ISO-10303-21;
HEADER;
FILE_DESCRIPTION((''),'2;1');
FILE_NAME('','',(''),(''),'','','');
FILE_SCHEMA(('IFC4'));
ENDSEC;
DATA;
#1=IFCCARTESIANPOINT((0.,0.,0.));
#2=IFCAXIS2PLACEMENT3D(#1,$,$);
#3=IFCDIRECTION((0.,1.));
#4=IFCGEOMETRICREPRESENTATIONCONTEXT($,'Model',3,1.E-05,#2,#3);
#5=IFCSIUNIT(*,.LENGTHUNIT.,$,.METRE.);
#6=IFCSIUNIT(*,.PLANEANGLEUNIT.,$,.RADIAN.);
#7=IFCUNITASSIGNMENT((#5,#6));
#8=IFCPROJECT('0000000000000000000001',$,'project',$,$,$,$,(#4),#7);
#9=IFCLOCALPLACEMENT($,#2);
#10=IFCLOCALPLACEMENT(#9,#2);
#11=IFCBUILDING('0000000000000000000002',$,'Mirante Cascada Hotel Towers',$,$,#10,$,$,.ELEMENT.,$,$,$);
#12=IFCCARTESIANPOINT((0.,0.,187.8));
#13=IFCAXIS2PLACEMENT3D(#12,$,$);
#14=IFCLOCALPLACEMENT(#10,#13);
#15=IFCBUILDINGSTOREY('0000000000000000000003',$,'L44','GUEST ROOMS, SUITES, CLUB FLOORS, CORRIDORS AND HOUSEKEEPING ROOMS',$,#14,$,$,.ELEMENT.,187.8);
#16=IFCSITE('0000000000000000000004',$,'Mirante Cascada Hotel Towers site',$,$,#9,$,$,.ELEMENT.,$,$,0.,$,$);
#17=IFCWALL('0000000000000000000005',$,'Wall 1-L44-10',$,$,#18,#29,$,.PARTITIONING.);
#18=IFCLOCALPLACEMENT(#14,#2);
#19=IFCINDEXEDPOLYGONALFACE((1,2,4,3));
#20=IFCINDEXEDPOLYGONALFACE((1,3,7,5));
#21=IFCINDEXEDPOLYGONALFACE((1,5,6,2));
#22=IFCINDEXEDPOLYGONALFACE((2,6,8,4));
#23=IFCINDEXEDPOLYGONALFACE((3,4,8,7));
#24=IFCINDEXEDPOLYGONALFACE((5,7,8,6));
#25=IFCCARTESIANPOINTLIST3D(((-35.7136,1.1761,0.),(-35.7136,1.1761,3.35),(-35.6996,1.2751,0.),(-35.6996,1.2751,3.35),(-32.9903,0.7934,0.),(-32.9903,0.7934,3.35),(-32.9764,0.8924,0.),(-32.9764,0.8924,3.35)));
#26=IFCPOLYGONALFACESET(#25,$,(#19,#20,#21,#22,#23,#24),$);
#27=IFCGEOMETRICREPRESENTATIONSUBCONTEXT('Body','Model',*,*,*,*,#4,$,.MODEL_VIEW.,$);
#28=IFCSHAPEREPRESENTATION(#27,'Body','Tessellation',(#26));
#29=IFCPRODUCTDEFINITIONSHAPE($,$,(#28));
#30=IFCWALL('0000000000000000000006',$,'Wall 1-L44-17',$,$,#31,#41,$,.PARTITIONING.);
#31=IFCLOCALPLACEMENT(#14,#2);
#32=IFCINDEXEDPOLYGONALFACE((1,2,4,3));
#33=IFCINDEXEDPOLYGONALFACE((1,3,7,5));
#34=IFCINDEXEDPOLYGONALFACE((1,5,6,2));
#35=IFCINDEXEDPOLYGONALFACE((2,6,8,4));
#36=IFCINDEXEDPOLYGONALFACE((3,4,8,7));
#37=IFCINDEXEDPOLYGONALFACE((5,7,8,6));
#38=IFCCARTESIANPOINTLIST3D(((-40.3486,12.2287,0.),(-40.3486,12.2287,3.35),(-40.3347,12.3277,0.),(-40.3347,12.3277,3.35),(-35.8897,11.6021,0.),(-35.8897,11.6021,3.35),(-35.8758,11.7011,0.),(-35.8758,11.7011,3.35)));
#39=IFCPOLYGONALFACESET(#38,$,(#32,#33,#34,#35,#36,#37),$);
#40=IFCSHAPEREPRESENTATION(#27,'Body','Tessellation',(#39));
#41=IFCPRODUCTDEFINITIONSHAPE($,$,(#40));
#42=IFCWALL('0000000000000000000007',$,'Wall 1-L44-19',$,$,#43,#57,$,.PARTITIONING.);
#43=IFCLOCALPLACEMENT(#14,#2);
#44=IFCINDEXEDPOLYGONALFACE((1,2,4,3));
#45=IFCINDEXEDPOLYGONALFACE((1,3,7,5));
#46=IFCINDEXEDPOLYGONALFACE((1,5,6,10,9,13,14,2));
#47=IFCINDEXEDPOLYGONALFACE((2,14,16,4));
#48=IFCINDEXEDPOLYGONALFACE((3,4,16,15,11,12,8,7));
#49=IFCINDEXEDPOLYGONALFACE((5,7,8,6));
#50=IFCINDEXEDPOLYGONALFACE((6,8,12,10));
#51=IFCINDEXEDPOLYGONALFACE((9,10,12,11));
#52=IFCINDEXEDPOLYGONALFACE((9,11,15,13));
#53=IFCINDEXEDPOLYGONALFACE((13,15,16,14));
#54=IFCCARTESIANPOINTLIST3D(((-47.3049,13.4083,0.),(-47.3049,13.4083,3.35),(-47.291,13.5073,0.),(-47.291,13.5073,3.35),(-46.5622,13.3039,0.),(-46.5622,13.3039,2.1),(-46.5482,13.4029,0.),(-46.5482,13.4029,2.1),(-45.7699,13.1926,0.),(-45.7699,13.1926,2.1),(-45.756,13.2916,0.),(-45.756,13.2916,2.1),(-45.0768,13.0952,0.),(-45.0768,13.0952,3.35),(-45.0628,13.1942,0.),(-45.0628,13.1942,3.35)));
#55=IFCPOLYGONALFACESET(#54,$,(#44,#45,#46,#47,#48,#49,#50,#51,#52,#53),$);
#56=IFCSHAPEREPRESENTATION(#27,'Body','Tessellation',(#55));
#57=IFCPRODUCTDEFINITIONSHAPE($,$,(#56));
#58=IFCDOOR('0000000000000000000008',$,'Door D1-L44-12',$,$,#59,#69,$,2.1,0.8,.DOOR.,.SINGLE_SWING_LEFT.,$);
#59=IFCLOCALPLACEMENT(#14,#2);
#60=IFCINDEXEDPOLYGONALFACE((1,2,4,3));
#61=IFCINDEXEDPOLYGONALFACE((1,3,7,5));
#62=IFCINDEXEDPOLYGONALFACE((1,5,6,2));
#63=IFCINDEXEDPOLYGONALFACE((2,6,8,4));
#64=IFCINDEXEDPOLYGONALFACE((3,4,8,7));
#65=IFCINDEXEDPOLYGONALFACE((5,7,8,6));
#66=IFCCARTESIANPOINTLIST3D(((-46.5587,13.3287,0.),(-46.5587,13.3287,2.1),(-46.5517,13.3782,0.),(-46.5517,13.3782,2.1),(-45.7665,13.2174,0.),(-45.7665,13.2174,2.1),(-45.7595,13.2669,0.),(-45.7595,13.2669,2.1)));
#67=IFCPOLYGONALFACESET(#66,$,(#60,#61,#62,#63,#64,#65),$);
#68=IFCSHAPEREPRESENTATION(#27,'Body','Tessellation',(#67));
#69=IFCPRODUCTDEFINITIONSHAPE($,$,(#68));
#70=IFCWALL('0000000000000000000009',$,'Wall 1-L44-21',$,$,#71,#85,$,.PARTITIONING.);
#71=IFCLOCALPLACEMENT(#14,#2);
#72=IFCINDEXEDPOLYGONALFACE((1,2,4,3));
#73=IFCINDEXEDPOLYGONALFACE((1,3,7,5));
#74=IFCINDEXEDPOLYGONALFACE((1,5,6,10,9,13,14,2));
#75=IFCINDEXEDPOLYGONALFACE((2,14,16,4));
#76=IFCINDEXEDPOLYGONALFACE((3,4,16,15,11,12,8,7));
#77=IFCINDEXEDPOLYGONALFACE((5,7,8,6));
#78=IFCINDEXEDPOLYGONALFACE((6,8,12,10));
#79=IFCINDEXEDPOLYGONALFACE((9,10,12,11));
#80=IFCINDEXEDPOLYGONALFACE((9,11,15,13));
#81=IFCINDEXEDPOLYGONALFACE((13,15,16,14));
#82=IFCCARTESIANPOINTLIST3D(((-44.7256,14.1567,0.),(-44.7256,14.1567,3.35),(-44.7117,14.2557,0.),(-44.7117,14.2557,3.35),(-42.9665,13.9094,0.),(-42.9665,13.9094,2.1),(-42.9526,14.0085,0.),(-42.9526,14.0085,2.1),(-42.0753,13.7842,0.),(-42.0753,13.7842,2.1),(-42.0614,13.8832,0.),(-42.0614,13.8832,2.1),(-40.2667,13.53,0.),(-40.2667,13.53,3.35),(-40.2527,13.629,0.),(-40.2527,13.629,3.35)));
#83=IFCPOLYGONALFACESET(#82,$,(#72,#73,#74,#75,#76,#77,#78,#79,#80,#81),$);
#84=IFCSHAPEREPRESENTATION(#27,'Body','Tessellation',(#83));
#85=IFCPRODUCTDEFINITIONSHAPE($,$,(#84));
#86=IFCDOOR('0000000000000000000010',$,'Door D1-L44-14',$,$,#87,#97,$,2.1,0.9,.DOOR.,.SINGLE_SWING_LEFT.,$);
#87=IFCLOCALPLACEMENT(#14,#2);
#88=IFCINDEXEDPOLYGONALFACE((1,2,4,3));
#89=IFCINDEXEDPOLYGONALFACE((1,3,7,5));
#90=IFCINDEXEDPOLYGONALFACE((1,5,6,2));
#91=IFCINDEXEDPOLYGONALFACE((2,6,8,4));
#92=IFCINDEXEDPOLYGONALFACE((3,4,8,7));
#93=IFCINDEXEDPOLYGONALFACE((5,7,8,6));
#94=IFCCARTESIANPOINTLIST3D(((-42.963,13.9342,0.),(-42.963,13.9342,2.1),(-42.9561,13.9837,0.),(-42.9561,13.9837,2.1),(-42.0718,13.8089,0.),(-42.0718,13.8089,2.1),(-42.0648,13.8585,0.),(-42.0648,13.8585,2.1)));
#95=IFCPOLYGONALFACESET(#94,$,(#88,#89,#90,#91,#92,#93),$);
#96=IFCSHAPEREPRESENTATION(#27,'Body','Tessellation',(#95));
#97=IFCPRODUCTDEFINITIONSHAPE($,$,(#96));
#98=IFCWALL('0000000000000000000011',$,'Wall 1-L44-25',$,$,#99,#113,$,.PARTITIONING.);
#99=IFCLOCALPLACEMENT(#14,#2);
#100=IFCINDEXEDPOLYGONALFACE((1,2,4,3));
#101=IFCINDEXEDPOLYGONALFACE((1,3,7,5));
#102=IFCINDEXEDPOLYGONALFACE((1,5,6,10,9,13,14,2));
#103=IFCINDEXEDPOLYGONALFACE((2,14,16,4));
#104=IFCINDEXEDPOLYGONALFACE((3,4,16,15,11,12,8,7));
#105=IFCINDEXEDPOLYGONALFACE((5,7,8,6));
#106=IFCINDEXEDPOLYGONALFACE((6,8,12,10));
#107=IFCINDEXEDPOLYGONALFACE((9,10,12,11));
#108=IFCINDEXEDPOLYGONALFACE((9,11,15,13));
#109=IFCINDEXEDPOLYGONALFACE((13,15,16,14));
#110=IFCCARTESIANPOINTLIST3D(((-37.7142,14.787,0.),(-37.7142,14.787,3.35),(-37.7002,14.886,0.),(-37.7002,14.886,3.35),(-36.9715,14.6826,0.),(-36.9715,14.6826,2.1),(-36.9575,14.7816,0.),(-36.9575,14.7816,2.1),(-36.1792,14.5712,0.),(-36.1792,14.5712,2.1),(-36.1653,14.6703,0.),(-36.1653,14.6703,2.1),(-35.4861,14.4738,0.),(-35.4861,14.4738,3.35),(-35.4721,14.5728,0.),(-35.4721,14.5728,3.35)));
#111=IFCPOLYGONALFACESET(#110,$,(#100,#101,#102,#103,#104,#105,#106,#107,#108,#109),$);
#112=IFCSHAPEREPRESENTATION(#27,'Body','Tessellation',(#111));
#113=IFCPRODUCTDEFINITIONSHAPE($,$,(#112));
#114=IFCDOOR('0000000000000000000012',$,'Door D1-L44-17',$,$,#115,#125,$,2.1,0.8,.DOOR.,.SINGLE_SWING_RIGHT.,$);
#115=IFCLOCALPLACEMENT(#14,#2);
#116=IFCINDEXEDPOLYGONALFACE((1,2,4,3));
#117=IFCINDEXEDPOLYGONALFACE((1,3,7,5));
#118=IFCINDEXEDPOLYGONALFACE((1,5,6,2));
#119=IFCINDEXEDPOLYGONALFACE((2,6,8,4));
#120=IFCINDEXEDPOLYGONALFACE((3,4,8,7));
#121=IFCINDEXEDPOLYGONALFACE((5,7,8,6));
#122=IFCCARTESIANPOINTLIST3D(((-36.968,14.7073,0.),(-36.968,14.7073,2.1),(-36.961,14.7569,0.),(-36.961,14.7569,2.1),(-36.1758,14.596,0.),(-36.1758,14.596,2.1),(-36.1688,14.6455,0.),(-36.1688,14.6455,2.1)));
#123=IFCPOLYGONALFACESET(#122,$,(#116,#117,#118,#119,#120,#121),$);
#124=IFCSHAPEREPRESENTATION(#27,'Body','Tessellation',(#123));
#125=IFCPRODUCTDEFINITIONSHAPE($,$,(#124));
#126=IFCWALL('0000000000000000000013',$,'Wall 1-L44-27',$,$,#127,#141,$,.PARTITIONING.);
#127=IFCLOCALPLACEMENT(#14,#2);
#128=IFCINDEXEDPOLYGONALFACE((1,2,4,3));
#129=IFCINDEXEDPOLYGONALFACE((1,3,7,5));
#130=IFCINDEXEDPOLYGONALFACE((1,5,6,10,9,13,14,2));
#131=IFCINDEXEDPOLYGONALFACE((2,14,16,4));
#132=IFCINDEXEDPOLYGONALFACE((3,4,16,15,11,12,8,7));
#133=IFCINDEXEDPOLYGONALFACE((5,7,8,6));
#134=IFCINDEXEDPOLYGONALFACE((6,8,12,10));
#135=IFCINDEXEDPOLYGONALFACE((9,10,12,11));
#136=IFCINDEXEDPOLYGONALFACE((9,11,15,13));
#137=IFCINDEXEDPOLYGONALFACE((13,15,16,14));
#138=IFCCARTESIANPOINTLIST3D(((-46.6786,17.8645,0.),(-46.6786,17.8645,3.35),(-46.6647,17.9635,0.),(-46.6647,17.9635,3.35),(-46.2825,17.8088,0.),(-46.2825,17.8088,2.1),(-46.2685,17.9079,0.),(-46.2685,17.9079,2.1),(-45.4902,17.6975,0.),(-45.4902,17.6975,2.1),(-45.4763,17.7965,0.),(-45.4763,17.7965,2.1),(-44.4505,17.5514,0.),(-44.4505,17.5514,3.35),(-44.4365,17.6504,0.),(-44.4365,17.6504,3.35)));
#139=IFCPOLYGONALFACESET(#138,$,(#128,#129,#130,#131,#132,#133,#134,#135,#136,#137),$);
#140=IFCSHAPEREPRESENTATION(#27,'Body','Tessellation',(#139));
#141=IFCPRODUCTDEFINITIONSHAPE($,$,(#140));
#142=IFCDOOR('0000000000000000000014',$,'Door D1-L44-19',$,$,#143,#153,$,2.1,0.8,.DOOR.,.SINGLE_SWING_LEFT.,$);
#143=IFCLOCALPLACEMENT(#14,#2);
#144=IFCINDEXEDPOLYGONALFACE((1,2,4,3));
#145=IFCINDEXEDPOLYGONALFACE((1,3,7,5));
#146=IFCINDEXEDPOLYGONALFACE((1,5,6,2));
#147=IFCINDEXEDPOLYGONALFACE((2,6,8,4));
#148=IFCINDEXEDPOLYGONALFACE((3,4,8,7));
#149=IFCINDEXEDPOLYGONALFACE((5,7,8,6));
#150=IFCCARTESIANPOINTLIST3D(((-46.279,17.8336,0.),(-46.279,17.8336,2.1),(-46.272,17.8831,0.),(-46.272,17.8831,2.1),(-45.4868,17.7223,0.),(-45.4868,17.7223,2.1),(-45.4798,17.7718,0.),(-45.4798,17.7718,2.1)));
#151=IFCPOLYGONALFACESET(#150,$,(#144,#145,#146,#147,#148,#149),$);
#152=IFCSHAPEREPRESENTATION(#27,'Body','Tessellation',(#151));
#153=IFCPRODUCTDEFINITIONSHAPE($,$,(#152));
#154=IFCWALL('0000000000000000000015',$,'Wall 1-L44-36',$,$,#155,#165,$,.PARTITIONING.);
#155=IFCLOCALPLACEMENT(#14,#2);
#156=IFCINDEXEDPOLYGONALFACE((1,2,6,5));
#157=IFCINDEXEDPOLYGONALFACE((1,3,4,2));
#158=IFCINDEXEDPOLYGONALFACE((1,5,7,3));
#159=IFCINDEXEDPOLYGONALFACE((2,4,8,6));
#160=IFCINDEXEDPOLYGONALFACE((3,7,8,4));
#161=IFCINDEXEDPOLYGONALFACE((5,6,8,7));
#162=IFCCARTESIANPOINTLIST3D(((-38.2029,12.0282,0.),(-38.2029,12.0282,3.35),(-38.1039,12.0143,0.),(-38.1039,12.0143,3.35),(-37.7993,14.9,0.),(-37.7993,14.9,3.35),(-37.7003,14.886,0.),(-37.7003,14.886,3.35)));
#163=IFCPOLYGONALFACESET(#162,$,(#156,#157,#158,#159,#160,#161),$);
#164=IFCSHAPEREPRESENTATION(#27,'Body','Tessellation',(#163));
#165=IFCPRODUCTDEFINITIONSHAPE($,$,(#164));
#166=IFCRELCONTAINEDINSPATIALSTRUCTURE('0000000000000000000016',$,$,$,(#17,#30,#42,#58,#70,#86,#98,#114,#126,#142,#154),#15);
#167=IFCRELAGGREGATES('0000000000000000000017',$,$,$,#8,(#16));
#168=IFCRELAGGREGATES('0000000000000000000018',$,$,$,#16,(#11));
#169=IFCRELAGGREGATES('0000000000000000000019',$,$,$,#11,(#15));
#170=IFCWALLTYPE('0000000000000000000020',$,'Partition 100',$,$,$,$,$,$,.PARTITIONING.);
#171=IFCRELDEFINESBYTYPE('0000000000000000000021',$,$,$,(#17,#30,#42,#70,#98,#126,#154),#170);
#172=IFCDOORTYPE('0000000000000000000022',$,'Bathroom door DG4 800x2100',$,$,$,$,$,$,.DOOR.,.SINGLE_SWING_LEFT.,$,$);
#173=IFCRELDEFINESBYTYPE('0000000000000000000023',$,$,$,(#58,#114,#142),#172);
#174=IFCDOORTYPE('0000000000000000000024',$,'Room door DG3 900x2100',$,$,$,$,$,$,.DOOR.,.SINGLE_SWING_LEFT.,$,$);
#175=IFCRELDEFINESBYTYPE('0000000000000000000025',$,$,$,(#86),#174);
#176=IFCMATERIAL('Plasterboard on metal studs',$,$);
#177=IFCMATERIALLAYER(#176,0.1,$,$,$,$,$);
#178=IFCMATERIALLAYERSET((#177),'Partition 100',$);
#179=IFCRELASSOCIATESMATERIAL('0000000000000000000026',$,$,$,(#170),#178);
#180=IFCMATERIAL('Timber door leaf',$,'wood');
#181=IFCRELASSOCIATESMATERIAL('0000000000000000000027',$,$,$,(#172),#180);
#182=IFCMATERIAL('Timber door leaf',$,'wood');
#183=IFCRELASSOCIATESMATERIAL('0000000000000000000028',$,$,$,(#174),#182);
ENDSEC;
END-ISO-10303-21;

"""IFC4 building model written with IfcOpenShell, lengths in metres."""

from ifc_helpers import new_model, si_unit, direction, frame, frame_2d, origin, place, context, subcontext, project, spatial, rectangle, extrude, material, layer, layer_set, type_object, element, fill, save


model = new_model("IFC4")

# Units and contexts
model_context = context("Model", 3, precision=1e-05, world=origin(), true_north=direction((0.0, 1.0)))
body_context = subcontext(model_context, "Body", "Model", "MODEL_VIEW")
ifc_project = project(units=[si_unit("LENGTHUNIT", "METRE"), si_unit("PLANEANGLEUNIT", "RADIAN")], contexts=[model_context])

# Site, building, storey
site_placement = place(None, origin())
site = spatial("IfcSite", under=ifc_project, at=site_placement, Name="Mirante Cascada Hotel Towers site", CompositionType="ELEMENT", RefElevation=0.0)
building_placement = place(site_placement, origin())
building = spatial("IfcBuilding", under=site, at=building_placement, Name="Mirante Cascada Hotel Towers", CompositionType="ELEMENT")
storey_placement = place(building_placement, frame((0.0, 0.0, 187.8)))
storey = spatial("IfcBuildingStorey", under=building, at=storey_placement, Name="L44", Description="GUEST ROOMS, SUITES, CLUB FLOORS, CORRIDORS AND HOUSEKEEPING ROOMS", CompositionType="ELEMENT", Elevation=187.8)

# Walls
ifc_material_1 = material(Name="Plasterboard on metal studs")
ifc_layer_1 = layer(ifc_material_1, 0.1)
ifc_layer_set_1 = layer_set([ifc_layer_1], Name="Partition 100")
wall_type_1 = type_object("IfcWallType", Name="Partition 100", PredefinedType="PARTITIONING", material=ifc_layer_set_1)
wall_1_placement = place(storey_placement, frame((-35.7066, 1.2256, 0.0), z_axis=(0.0, 0.0, 1.0), x_axis=(0.990269, -0.139166, 0.0)))
element("IfcWall", 1, at=wall_1_placement, inside=storey, type_object=wall_type_1, Name="Wall 1-L44-10", PredefinedType="PARTITIONING", context=body_context, shape_type="SweptSolid", body=[
    extrude(rectangle(XDim=2.75, YDim=0.1, at=frame_2d((1.375, 0.0))), origin(), (0.0, 0.0, 1.0), 3.35),
])
wall_2_placement = place(storey_placement, frame((-35.8827, 11.6516, 0.0), z_axis=(0.0, 0.0, 1.0), x_axis=(-0.99027, 0.139161, 0.0)))
element("IfcWall", 2, at=wall_2_placement, inside=storey, type_object=wall_type_1, Name="Wall 1-L44-17", PredefinedType="PARTITIONING", context=body_context, shape_type="SweptSolid", body=[
    extrude(rectangle(XDim=4.5027, YDim=0.1, at=frame_2d((2.2514, 0.0))), origin(), (0.0, 0.0, 1.0), 3.35),
])

# Walls, openings, doors
wall_3_placement = place(storey_placement, frame((-45.0698, 13.1447, 0.0), z_axis=(0.0, 0.0, 1.0), x_axis=(-0.990271, 0.139156, 0.0)))
wall_3 = element("IfcWall", 3, at=wall_3_placement, inside=storey, type_object=wall_type_1, Name="Wall 1-L44-19", PredefinedType="PARTITIONING", context=body_context, shape_type="SweptSolid", body=[
    extrude(rectangle(XDim=2.25, YDim=0.1, at=frame_2d((1.125, 0.0))), origin(), (0.0, 0.0, 1.0), 3.35),
])
opening_1_placement = place(wall_3_placement, frame((0.7, 0.0, 0.0)))
opening_1 = element("IfcOpeningElement", 4, at=opening_1_placement, cuts=wall_3, PredefinedType="OPENING", context=body_context, shape_type="SweptSolid", body=[
    extrude(rectangle(XDim=0.8, YDim=2.1, at=frame_2d((0.4, 1.05))), frame((0.0, 0.05, 0.0), z_axis=(0.0, -1.0, 0.0), x_axis=(1.0, 0.0, 0.0)), (0.0, 0.0, 1.0), 0.1),
])
ifc_material_2 = material(Name="Timber door leaf", Category="wood")
door_type_1 = type_object("IfcDoorType", Name="Bathroom door DG4 800x2100", OperationType="SINGLE_SWING_LEFT", PredefinedType="DOOR", material=ifc_material_2)
door_1_placement = place(opening_1_placement, origin())
door_1 = element("IfcDoor", 5, at=door_1_placement, inside=storey, type_object=door_type_1, Name="Door D1-L44-12", OperationType="SINGLE_SWING_LEFT", OverallHeight=2.1, OverallWidth=0.8, PredefinedType="DOOR", context=body_context, shape_type="SweptSolid", body=[
    extrude(rectangle(XDim=0.8, YDim=2.1, at=frame_2d((0.4, 1.05))), frame((0.0, 0.025, 0.0), z_axis=(0.0, -1.0, 0.0), x_axis=(1.0, 0.0, 0.0)), (0.0, 0.0, 1.0), 0.05),
])
fill(opening_1, door_1)
wall_4_placement = place(storey_placement, frame((-40.2597, 13.5795, 0.0), z_axis=(0.0, 0.0, 1.0), x_axis=(-0.990267, 0.139179, 0.0)))
wall_4 = element("IfcWall", 6, at=wall_4_placement, inside=storey, type_object=wall_type_1, Name="Wall 1-L44-21", PredefinedType="PARTITIONING", context=body_context, shape_type="SweptSolid", body=[
    extrude(rectangle(XDim=4.5028, YDim=0.1, at=frame_2d((2.2514, 0.0))), origin(), (0.0, 0.0, 1.0), 3.35),
])
opening_2_placement = place(wall_4_placement, frame((1.8264, 0.0, 0.0)))
opening_2 = element("IfcOpeningElement", 7, at=opening_2_placement, cuts=wall_4, PredefinedType="OPENING", context=body_context, shape_type="SweptSolid", body=[
    extrude(rectangle(XDim=0.9, YDim=2.1, at=frame_2d((0.45, 1.05))), frame((0.0, 0.05, 0.0), z_axis=(0.0, -1.0, 0.0), x_axis=(1.0, 0.0, 0.0)), (0.0, 0.0, 1.0), 0.1),
])
ifc_material_3 = material(Name="Timber door leaf", Category="wood")
door_type_2 = type_object("IfcDoorType", Name="Room door DG3 900x2100", OperationType="SINGLE_SWING_LEFT", PredefinedType="DOOR", material=ifc_material_3)
door_2_placement = place(opening_2_placement, origin())
door_2 = element("IfcDoor", 8, at=door_2_placement, inside=storey, type_object=door_type_2, Name="Door D1-L44-14", OperationType="SINGLE_SWING_LEFT", OverallHeight=2.1, OverallWidth=0.9, PredefinedType="DOOR", context=body_context, shape_type="SweptSolid", body=[
    extrude(rectangle(XDim=0.9, YDim=2.1, at=frame_2d((0.45, 1.05))), frame((0.0, 0.025, 0.0), z_axis=(0.0, -1.0, 0.0), x_axis=(1.0, 0.0, 0.0)), (0.0, 0.0, 1.0), 0.05),
])
fill(opening_2, door_2)
wall_5_placement = place(storey_placement, frame((-35.4791, 14.5233, 0.0), z_axis=(0.0, 0.0, 1.0), x_axis=(-0.990264, 0.1392, 0.0)))
wall_5 = element("IfcWall", 9, at=wall_5_placement, inside=storey, type_object=wall_type_1, Name="Wall 1-L44-25", PredefinedType="PARTITIONING", context=body_context, shape_type="SweptSolid", body=[
    extrude(rectangle(XDim=2.25, YDim=0.1, at=frame_2d((1.125, 0.0))), origin(), (0.0, 0.0, 1.0), 3.35),
])
opening_3_placement = place(wall_5_placement, frame((0.7, 0.0, 0.0)))
opening_3 = element("IfcOpeningElement", 10, at=opening_3_placement, cuts=wall_5, PredefinedType="OPENING", context=body_context, shape_type="SweptSolid", body=[
    extrude(rectangle(XDim=0.8, YDim=2.1, at=frame_2d((0.4, 1.05))), frame((0.0, 0.05, 0.0), z_axis=(0.0, -1.0, 0.0), x_axis=(1.0, 0.0, 0.0)), (0.0, 0.0, 1.0), 0.1),
])
door_3_placement = place(opening_3_placement, frame((0.8, 0.0, 0.0), z_axis=(0.0, 0.0, 1.0), x_axis=(-1.0, 0.0, 0.0)))
door_3 = element("IfcDoor", 11, at=door_3_placement, inside=storey, type_object=door_type_1, Name="Door D1-L44-17", OperationType="SINGLE_SWING_RIGHT", OverallHeight=2.1, OverallWidth=0.8, PredefinedType="DOOR", context=body_context, shape_type="SweptSolid", body=[
    extrude(rectangle(XDim=0.8, YDim=2.1, at=frame_2d((0.4, 1.05))), frame((0.0, 0.025, 0.0), z_axis=(0.0, -1.0, 0.0), x_axis=(1.0, 0.0, 0.0)), (0.0, 0.0, 1.0), 0.05),
])
fill(opening_3, door_3)
wall_6_placement = place(storey_placement, frame((-44.4435, 17.6009, 0.0), z_axis=(0.0, 0.0, 1.0), x_axis=(-0.990271, 0.139156, 0.0)))
wall_6 = element("IfcWall", 12, at=wall_6_placement, inside=storey, type_object=wall_type_1, Name="Wall 1-L44-27", PredefinedType="PARTITIONING", context=body_context, shape_type="SweptSolid", body=[
    extrude(rectangle(XDim=2.25, YDim=0.1, at=frame_2d((1.125, 0.0))), origin(), (0.0, 0.0, 1.0), 3.35),
])
opening_4_placement = place(wall_6_placement, frame((1.05, 0.0, 0.0)))
opening_4 = element("IfcOpeningElement", 13, at=opening_4_placement, cuts=wall_6, PredefinedType="OPENING", context=body_context, shape_type="SweptSolid", body=[
    extrude(rectangle(XDim=0.8, YDim=2.1, at=frame_2d((0.4, 1.05))), frame((0.0, 0.05, 0.0), z_axis=(0.0, -1.0, 0.0), x_axis=(1.0, 0.0, 0.0)), (0.0, 0.0, 1.0), 0.1),
])
door_4_placement = place(opening_4_placement, origin())
door_4 = element("IfcDoor", 14, at=door_4_placement, inside=storey, type_object=door_type_1, Name="Door D1-L44-19", OperationType="SINGLE_SWING_LEFT", OverallHeight=2.1, OverallWidth=0.8, PredefinedType="DOOR", context=body_context, shape_type="SweptSolid", body=[
    extrude(rectangle(XDim=0.8, YDim=2.1, at=frame_2d((0.4, 1.05))), frame((0.0, 0.025, 0.0), z_axis=(0.0, -1.0, 0.0), x_axis=(1.0, 0.0, 0.0)), (0.0, 0.0, 1.0), 0.05),
])
fill(opening_4, door_4)

# Wall
wall_7_placement = place(storey_placement, frame((-37.7498, 14.893, 0.0), z_axis=(0.0, 0.0, 1.0), x_axis=(-0.139171, -0.990268, 0.0)))
element("IfcWall", 15, at=wall_7_placement, inside=storey, type_object=wall_type_1, Name="Wall 1-L44-36", PredefinedType="PARTITIONING", context=body_context, shape_type="SweptSolid", body=[
    extrude(rectangle(XDim=2.9, YDim=0.1, at=frame_2d((1.45, 0.0))), origin(), (0.0, 0.0, 1.0), 3.35),
])

save(model, "model.ifc")
